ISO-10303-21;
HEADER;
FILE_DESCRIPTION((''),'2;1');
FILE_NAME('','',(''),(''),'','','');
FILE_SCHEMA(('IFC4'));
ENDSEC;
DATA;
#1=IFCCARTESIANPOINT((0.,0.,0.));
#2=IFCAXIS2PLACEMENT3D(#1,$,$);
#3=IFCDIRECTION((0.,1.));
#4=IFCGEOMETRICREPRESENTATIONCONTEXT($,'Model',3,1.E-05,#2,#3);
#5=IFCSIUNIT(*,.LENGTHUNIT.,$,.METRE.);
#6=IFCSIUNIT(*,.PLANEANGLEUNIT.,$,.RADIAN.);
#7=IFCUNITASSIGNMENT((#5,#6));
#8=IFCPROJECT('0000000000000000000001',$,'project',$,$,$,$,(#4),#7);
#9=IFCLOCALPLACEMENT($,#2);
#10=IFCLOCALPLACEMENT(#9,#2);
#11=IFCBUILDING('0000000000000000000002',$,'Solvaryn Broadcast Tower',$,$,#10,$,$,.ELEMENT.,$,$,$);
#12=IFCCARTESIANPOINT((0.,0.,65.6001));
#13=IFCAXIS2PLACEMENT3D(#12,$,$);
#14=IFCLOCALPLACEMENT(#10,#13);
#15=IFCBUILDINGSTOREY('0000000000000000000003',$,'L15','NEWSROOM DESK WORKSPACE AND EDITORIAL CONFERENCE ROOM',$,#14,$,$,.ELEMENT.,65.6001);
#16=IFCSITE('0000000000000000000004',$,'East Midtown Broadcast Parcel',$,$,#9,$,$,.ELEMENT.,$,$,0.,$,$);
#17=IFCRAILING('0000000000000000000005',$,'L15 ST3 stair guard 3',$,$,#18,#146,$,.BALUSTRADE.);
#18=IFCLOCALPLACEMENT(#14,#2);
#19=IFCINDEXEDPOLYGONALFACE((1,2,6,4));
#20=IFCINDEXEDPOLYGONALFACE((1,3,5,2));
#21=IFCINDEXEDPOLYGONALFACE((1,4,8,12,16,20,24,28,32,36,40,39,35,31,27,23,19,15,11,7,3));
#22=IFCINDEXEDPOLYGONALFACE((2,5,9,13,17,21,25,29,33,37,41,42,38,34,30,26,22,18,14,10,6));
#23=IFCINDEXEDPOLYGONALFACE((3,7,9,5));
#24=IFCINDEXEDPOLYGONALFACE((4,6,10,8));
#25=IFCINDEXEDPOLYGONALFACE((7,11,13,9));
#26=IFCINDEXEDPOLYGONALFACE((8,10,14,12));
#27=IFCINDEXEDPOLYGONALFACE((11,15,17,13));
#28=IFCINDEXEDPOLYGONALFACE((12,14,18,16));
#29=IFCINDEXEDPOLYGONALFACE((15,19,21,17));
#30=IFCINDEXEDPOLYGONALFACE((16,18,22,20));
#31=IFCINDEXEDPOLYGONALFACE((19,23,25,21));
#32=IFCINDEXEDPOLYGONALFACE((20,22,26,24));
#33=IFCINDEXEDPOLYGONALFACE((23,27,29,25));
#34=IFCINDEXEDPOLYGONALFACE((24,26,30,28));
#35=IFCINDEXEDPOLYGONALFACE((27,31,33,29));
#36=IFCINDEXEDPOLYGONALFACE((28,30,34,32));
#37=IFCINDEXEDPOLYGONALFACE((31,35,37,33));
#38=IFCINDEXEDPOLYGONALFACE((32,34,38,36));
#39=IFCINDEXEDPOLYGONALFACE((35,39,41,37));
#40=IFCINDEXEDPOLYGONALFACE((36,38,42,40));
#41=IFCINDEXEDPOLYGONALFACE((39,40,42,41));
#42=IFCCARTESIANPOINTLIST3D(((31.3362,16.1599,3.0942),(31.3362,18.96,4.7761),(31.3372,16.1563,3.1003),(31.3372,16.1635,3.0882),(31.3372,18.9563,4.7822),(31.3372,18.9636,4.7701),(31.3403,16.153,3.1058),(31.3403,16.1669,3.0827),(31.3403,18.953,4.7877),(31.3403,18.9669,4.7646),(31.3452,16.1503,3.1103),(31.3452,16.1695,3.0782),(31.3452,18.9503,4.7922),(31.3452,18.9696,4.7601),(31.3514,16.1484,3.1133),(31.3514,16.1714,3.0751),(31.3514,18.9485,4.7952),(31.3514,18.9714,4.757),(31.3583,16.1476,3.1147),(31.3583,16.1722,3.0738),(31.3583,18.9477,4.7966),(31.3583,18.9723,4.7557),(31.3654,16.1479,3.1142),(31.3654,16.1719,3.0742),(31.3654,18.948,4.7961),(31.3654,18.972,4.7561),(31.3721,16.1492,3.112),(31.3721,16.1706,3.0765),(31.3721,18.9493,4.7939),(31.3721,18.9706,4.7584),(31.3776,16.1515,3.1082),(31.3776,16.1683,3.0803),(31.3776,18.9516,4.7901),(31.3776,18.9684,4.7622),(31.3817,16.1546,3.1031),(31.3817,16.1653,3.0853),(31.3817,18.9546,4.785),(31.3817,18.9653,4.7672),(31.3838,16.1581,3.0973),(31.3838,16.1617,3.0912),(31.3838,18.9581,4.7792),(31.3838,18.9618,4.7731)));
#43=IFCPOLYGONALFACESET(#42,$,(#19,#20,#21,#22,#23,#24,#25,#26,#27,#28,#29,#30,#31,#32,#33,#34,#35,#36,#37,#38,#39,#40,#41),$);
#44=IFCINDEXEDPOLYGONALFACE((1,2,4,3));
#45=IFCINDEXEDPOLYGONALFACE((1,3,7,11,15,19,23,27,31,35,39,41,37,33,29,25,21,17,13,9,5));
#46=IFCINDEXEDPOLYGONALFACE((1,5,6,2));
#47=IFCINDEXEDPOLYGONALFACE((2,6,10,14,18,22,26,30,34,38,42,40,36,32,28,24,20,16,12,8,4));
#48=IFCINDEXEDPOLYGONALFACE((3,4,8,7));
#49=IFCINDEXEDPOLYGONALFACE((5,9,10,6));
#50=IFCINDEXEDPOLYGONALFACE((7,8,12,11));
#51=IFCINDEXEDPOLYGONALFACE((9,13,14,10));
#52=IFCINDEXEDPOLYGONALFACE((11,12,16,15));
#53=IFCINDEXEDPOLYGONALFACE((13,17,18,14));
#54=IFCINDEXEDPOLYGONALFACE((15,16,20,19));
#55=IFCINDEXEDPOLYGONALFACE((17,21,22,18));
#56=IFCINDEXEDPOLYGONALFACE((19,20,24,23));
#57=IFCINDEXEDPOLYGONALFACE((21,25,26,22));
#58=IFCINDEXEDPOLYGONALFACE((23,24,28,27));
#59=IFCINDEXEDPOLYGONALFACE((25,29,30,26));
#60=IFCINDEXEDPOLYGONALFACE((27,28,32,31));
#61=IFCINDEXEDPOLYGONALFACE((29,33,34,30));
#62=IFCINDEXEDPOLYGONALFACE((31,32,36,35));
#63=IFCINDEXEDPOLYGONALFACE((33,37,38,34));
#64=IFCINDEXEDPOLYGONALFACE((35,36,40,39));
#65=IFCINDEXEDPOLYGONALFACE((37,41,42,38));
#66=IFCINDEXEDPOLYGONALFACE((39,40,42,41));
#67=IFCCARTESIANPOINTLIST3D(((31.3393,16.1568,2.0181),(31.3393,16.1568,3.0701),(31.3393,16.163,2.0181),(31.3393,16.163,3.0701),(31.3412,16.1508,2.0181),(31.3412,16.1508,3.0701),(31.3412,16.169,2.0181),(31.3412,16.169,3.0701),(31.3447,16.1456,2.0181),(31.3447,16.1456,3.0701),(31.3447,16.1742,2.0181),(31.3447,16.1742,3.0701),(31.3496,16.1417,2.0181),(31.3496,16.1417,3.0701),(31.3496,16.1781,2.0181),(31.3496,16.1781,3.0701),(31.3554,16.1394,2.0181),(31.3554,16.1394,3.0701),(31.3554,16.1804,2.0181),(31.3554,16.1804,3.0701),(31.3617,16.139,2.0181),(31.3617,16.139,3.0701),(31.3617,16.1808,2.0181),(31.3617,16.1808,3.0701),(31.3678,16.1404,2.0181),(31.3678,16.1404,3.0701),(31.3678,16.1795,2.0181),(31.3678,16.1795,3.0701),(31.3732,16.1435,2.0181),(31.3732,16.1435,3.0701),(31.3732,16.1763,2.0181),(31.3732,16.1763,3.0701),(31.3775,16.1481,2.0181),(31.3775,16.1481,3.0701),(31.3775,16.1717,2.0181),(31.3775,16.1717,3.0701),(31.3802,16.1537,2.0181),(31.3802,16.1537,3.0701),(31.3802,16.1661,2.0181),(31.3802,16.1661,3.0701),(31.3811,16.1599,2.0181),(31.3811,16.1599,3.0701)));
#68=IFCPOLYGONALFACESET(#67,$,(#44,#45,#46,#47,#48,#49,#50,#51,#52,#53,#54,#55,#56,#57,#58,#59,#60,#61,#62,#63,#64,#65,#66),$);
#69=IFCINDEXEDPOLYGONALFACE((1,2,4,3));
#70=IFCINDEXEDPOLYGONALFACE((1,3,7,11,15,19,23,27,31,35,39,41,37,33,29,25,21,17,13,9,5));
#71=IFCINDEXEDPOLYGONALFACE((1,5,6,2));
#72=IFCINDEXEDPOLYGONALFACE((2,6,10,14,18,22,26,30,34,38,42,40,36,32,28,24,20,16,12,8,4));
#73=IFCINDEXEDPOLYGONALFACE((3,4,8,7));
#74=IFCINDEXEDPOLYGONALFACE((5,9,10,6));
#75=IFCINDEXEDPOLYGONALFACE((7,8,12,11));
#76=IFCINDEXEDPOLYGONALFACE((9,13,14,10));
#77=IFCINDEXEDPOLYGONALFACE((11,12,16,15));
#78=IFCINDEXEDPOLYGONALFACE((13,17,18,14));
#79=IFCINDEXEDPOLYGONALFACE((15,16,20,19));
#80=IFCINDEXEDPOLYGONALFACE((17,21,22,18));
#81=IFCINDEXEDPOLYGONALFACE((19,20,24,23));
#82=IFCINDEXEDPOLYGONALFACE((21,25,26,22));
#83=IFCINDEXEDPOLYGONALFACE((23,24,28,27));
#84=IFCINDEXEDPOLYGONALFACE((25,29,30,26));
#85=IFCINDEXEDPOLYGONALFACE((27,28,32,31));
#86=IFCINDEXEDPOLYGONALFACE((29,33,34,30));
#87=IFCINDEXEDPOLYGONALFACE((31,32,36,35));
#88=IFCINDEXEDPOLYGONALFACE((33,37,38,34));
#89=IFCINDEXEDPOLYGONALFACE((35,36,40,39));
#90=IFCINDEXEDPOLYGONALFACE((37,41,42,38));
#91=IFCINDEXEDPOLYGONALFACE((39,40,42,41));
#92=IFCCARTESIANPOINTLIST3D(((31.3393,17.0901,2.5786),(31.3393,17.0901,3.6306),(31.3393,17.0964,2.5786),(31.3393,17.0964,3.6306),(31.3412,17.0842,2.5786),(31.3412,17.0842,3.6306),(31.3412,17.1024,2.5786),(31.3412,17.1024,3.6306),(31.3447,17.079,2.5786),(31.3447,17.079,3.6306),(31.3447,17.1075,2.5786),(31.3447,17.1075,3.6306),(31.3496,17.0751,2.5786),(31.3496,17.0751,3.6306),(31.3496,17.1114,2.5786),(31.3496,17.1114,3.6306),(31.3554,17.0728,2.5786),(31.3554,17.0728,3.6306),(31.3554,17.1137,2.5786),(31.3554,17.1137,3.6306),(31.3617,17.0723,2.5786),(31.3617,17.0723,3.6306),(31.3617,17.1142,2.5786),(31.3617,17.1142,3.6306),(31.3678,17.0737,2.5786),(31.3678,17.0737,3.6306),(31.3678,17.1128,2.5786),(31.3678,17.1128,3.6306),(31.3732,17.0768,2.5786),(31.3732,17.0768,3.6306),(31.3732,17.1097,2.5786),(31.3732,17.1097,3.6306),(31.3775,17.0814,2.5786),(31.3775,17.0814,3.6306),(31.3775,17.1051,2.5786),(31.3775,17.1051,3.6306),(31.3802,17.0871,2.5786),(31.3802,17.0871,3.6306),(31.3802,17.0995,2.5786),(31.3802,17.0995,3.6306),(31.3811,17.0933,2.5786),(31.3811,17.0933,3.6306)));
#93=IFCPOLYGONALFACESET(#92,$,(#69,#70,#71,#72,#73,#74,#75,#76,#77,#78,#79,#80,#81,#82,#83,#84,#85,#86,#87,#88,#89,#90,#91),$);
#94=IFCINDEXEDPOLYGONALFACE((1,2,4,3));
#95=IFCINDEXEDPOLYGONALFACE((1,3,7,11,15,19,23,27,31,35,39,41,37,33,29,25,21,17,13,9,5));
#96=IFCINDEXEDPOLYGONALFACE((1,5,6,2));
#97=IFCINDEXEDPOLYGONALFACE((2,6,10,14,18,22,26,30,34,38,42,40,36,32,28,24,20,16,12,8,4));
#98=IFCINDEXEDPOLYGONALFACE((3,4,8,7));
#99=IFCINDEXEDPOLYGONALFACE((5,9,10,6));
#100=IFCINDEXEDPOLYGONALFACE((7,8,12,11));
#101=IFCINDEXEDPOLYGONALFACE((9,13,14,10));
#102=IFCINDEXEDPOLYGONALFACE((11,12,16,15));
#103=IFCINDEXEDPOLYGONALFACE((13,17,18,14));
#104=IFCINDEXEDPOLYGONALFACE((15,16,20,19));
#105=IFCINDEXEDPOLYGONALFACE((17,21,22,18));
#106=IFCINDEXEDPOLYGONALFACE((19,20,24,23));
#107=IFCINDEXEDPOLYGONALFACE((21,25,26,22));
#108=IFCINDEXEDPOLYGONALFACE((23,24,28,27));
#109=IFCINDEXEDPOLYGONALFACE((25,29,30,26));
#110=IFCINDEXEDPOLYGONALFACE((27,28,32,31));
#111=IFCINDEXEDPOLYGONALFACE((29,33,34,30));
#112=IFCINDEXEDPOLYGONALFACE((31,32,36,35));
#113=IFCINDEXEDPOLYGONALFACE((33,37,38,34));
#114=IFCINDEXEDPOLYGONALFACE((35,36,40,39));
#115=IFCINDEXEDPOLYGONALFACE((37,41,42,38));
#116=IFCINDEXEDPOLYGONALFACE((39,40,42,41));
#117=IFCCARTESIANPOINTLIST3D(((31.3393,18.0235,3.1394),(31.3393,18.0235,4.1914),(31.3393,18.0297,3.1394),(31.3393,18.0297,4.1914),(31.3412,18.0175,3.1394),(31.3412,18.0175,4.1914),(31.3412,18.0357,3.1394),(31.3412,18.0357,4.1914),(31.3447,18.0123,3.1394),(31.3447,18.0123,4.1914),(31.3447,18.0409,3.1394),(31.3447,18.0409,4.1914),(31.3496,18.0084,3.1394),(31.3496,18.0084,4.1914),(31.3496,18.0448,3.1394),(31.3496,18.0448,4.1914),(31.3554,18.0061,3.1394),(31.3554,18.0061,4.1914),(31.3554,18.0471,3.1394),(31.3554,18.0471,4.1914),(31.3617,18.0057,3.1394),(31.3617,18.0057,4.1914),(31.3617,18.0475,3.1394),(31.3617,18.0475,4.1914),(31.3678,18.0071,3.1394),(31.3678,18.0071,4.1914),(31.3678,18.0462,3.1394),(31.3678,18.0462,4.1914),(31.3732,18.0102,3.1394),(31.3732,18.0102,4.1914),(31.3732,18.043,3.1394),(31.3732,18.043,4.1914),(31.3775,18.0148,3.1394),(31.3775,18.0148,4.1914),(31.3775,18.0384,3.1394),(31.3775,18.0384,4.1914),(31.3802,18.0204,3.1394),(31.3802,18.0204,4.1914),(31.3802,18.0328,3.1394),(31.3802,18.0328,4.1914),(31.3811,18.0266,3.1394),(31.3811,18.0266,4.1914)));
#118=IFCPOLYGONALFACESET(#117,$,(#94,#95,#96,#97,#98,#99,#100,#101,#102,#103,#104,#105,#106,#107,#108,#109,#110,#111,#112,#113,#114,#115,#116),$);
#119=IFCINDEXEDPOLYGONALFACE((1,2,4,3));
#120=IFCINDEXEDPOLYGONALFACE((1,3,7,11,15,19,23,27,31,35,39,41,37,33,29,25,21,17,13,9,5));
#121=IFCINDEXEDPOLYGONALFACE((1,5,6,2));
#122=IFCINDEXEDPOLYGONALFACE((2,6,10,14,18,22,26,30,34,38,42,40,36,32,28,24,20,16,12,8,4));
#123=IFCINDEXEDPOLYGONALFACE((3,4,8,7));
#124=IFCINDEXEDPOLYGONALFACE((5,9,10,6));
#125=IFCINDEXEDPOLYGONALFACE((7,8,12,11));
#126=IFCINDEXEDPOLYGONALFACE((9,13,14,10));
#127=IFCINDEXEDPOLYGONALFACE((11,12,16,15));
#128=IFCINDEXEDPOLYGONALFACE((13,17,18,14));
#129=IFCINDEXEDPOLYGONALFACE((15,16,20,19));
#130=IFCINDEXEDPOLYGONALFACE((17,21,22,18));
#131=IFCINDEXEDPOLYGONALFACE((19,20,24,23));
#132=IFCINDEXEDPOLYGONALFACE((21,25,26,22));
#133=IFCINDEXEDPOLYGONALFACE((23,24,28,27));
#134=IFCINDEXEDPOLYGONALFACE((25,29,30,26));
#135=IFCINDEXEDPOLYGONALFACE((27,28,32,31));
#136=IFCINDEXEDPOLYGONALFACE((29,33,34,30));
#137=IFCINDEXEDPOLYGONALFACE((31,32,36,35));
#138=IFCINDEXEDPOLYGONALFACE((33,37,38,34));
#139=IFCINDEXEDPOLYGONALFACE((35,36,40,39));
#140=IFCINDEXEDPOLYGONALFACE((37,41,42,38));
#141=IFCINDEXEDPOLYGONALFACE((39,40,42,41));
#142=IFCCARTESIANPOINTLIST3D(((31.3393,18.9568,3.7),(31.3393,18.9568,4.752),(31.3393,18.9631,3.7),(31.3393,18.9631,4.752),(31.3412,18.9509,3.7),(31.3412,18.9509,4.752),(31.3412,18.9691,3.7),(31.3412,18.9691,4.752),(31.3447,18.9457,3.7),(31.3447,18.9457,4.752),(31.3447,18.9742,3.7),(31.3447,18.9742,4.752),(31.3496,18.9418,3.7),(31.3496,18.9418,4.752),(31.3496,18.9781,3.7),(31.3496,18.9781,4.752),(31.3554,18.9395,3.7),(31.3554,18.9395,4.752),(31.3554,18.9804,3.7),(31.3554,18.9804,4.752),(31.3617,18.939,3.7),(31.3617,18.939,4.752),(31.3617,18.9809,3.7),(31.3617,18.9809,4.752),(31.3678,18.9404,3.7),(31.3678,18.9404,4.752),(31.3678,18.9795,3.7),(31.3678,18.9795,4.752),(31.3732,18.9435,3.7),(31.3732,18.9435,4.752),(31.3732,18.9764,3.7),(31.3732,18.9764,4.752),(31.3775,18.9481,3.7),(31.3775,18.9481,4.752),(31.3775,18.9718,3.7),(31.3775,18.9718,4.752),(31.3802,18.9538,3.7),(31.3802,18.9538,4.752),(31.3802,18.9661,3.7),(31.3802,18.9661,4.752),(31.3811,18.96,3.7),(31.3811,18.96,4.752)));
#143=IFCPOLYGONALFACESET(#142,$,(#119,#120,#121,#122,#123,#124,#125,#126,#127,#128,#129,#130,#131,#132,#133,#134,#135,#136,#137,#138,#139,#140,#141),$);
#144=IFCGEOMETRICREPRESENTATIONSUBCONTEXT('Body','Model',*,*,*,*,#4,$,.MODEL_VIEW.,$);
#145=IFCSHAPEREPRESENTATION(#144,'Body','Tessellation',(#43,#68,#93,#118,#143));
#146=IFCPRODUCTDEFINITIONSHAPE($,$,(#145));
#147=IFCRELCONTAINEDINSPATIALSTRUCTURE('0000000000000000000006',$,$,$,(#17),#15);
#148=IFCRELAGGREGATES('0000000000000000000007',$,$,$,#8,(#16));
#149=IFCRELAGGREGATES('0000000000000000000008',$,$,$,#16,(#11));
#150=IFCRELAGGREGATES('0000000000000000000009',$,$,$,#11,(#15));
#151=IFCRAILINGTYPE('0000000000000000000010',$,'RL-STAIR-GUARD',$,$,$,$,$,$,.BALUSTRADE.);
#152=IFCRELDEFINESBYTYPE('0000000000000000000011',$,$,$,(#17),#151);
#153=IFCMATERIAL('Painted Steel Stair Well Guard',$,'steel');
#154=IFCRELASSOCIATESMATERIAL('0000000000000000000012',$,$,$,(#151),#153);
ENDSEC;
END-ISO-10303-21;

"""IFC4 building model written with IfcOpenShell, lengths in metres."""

from ifc_helpers import new_model, si_unit, direction, frame, origin, origin_2d, place, context, subcontext, project, spatial, circle, extrude, material, type_object, element, save


model = new_model("IFC4")

# Units and contexts
model_context = context("Model", 3, precision=1e-05, world=origin(), true_north=direction((0.0, 1.0)))
body_context = subcontext(model_context, "Body", "Model", "MODEL_VIEW")
ifc_project = project(units=[si_unit("LENGTHUNIT", "METRE"), si_unit("PLANEANGLEUNIT", "RADIAN")], contexts=[model_context])

# Site, building, storey
site_placement = place(None, origin())
site = spatial("IfcSite", under=ifc_project, at=site_placement, Name="East Midtown Broadcast Parcel", CompositionType="ELEMENT", RefElevation=0.0)
building_placement = place(site_placement, origin())
building = spatial("IfcBuilding", under=site, at=building_placement, Name="Solvaryn Broadcast Tower", CompositionType="ELEMENT")
storey_placement = place(building_placement, frame((0.0, 0.0, 65.6001)))
storey = spatial("IfcBuildingStorey", under=building, at=storey_placement, Name="L15", Description="NEWSROOM DESK WORKSPACE AND EDITORIAL CONFERENCE ROOM", CompositionType="ELEMENT", Elevation=65.6001)

# Railing
ifc_material_1 = material(Name="Painted Steel Stair Well Guard", Category="steel")
railing_type_1 = type_object("IfcRailingType", Name="RL-STAIR-GUARD", PredefinedType="BALUSTRADE", material=ifc_material_1)
railing_1_placement = place(storey_placement, frame((31.3601, 16.1599, 2.0181)))
element("IfcRailing", 1, at=railing_1_placement, inside=storey, type_object=railing_type_1, Name="L15 ST3 stair guard 3", PredefinedType="BALUSTRADE", context=body_context, shape_type="SweptSolid", body=[
    extrude(circle(Radius=0.0239, at=origin_2d()), frame((0.0, 0.0, 1.0762), z_axis=(0.0, 0.857242, 0.514913), x_axis=(-1.0, 0.0, 0.0)), (0.0, 0.0, 1.0), 3.2664),
    extrude(circle(Radius=0.021, at=origin_2d()), origin(), (0.0, 0.0, 1.0), 1.052),
    extrude(circle(Radius=0.021, at=origin_2d()), frame((0.0, 0.9333, 0.5605)), (0.0, 0.0, 1.0), 1.052),
    extrude(circle(Radius=0.021, at=origin_2d()), frame((0.0, 1.8667, 1.1213)), (0.0, 0.0, 1.0), 1.052),
    extrude(circle(Radius=0.021, at=origin_2d()), frame((0.0, 2.8, 1.6819)), (0.0, 0.0, 1.0), 1.052),
])

save(model, "model.ifc")
